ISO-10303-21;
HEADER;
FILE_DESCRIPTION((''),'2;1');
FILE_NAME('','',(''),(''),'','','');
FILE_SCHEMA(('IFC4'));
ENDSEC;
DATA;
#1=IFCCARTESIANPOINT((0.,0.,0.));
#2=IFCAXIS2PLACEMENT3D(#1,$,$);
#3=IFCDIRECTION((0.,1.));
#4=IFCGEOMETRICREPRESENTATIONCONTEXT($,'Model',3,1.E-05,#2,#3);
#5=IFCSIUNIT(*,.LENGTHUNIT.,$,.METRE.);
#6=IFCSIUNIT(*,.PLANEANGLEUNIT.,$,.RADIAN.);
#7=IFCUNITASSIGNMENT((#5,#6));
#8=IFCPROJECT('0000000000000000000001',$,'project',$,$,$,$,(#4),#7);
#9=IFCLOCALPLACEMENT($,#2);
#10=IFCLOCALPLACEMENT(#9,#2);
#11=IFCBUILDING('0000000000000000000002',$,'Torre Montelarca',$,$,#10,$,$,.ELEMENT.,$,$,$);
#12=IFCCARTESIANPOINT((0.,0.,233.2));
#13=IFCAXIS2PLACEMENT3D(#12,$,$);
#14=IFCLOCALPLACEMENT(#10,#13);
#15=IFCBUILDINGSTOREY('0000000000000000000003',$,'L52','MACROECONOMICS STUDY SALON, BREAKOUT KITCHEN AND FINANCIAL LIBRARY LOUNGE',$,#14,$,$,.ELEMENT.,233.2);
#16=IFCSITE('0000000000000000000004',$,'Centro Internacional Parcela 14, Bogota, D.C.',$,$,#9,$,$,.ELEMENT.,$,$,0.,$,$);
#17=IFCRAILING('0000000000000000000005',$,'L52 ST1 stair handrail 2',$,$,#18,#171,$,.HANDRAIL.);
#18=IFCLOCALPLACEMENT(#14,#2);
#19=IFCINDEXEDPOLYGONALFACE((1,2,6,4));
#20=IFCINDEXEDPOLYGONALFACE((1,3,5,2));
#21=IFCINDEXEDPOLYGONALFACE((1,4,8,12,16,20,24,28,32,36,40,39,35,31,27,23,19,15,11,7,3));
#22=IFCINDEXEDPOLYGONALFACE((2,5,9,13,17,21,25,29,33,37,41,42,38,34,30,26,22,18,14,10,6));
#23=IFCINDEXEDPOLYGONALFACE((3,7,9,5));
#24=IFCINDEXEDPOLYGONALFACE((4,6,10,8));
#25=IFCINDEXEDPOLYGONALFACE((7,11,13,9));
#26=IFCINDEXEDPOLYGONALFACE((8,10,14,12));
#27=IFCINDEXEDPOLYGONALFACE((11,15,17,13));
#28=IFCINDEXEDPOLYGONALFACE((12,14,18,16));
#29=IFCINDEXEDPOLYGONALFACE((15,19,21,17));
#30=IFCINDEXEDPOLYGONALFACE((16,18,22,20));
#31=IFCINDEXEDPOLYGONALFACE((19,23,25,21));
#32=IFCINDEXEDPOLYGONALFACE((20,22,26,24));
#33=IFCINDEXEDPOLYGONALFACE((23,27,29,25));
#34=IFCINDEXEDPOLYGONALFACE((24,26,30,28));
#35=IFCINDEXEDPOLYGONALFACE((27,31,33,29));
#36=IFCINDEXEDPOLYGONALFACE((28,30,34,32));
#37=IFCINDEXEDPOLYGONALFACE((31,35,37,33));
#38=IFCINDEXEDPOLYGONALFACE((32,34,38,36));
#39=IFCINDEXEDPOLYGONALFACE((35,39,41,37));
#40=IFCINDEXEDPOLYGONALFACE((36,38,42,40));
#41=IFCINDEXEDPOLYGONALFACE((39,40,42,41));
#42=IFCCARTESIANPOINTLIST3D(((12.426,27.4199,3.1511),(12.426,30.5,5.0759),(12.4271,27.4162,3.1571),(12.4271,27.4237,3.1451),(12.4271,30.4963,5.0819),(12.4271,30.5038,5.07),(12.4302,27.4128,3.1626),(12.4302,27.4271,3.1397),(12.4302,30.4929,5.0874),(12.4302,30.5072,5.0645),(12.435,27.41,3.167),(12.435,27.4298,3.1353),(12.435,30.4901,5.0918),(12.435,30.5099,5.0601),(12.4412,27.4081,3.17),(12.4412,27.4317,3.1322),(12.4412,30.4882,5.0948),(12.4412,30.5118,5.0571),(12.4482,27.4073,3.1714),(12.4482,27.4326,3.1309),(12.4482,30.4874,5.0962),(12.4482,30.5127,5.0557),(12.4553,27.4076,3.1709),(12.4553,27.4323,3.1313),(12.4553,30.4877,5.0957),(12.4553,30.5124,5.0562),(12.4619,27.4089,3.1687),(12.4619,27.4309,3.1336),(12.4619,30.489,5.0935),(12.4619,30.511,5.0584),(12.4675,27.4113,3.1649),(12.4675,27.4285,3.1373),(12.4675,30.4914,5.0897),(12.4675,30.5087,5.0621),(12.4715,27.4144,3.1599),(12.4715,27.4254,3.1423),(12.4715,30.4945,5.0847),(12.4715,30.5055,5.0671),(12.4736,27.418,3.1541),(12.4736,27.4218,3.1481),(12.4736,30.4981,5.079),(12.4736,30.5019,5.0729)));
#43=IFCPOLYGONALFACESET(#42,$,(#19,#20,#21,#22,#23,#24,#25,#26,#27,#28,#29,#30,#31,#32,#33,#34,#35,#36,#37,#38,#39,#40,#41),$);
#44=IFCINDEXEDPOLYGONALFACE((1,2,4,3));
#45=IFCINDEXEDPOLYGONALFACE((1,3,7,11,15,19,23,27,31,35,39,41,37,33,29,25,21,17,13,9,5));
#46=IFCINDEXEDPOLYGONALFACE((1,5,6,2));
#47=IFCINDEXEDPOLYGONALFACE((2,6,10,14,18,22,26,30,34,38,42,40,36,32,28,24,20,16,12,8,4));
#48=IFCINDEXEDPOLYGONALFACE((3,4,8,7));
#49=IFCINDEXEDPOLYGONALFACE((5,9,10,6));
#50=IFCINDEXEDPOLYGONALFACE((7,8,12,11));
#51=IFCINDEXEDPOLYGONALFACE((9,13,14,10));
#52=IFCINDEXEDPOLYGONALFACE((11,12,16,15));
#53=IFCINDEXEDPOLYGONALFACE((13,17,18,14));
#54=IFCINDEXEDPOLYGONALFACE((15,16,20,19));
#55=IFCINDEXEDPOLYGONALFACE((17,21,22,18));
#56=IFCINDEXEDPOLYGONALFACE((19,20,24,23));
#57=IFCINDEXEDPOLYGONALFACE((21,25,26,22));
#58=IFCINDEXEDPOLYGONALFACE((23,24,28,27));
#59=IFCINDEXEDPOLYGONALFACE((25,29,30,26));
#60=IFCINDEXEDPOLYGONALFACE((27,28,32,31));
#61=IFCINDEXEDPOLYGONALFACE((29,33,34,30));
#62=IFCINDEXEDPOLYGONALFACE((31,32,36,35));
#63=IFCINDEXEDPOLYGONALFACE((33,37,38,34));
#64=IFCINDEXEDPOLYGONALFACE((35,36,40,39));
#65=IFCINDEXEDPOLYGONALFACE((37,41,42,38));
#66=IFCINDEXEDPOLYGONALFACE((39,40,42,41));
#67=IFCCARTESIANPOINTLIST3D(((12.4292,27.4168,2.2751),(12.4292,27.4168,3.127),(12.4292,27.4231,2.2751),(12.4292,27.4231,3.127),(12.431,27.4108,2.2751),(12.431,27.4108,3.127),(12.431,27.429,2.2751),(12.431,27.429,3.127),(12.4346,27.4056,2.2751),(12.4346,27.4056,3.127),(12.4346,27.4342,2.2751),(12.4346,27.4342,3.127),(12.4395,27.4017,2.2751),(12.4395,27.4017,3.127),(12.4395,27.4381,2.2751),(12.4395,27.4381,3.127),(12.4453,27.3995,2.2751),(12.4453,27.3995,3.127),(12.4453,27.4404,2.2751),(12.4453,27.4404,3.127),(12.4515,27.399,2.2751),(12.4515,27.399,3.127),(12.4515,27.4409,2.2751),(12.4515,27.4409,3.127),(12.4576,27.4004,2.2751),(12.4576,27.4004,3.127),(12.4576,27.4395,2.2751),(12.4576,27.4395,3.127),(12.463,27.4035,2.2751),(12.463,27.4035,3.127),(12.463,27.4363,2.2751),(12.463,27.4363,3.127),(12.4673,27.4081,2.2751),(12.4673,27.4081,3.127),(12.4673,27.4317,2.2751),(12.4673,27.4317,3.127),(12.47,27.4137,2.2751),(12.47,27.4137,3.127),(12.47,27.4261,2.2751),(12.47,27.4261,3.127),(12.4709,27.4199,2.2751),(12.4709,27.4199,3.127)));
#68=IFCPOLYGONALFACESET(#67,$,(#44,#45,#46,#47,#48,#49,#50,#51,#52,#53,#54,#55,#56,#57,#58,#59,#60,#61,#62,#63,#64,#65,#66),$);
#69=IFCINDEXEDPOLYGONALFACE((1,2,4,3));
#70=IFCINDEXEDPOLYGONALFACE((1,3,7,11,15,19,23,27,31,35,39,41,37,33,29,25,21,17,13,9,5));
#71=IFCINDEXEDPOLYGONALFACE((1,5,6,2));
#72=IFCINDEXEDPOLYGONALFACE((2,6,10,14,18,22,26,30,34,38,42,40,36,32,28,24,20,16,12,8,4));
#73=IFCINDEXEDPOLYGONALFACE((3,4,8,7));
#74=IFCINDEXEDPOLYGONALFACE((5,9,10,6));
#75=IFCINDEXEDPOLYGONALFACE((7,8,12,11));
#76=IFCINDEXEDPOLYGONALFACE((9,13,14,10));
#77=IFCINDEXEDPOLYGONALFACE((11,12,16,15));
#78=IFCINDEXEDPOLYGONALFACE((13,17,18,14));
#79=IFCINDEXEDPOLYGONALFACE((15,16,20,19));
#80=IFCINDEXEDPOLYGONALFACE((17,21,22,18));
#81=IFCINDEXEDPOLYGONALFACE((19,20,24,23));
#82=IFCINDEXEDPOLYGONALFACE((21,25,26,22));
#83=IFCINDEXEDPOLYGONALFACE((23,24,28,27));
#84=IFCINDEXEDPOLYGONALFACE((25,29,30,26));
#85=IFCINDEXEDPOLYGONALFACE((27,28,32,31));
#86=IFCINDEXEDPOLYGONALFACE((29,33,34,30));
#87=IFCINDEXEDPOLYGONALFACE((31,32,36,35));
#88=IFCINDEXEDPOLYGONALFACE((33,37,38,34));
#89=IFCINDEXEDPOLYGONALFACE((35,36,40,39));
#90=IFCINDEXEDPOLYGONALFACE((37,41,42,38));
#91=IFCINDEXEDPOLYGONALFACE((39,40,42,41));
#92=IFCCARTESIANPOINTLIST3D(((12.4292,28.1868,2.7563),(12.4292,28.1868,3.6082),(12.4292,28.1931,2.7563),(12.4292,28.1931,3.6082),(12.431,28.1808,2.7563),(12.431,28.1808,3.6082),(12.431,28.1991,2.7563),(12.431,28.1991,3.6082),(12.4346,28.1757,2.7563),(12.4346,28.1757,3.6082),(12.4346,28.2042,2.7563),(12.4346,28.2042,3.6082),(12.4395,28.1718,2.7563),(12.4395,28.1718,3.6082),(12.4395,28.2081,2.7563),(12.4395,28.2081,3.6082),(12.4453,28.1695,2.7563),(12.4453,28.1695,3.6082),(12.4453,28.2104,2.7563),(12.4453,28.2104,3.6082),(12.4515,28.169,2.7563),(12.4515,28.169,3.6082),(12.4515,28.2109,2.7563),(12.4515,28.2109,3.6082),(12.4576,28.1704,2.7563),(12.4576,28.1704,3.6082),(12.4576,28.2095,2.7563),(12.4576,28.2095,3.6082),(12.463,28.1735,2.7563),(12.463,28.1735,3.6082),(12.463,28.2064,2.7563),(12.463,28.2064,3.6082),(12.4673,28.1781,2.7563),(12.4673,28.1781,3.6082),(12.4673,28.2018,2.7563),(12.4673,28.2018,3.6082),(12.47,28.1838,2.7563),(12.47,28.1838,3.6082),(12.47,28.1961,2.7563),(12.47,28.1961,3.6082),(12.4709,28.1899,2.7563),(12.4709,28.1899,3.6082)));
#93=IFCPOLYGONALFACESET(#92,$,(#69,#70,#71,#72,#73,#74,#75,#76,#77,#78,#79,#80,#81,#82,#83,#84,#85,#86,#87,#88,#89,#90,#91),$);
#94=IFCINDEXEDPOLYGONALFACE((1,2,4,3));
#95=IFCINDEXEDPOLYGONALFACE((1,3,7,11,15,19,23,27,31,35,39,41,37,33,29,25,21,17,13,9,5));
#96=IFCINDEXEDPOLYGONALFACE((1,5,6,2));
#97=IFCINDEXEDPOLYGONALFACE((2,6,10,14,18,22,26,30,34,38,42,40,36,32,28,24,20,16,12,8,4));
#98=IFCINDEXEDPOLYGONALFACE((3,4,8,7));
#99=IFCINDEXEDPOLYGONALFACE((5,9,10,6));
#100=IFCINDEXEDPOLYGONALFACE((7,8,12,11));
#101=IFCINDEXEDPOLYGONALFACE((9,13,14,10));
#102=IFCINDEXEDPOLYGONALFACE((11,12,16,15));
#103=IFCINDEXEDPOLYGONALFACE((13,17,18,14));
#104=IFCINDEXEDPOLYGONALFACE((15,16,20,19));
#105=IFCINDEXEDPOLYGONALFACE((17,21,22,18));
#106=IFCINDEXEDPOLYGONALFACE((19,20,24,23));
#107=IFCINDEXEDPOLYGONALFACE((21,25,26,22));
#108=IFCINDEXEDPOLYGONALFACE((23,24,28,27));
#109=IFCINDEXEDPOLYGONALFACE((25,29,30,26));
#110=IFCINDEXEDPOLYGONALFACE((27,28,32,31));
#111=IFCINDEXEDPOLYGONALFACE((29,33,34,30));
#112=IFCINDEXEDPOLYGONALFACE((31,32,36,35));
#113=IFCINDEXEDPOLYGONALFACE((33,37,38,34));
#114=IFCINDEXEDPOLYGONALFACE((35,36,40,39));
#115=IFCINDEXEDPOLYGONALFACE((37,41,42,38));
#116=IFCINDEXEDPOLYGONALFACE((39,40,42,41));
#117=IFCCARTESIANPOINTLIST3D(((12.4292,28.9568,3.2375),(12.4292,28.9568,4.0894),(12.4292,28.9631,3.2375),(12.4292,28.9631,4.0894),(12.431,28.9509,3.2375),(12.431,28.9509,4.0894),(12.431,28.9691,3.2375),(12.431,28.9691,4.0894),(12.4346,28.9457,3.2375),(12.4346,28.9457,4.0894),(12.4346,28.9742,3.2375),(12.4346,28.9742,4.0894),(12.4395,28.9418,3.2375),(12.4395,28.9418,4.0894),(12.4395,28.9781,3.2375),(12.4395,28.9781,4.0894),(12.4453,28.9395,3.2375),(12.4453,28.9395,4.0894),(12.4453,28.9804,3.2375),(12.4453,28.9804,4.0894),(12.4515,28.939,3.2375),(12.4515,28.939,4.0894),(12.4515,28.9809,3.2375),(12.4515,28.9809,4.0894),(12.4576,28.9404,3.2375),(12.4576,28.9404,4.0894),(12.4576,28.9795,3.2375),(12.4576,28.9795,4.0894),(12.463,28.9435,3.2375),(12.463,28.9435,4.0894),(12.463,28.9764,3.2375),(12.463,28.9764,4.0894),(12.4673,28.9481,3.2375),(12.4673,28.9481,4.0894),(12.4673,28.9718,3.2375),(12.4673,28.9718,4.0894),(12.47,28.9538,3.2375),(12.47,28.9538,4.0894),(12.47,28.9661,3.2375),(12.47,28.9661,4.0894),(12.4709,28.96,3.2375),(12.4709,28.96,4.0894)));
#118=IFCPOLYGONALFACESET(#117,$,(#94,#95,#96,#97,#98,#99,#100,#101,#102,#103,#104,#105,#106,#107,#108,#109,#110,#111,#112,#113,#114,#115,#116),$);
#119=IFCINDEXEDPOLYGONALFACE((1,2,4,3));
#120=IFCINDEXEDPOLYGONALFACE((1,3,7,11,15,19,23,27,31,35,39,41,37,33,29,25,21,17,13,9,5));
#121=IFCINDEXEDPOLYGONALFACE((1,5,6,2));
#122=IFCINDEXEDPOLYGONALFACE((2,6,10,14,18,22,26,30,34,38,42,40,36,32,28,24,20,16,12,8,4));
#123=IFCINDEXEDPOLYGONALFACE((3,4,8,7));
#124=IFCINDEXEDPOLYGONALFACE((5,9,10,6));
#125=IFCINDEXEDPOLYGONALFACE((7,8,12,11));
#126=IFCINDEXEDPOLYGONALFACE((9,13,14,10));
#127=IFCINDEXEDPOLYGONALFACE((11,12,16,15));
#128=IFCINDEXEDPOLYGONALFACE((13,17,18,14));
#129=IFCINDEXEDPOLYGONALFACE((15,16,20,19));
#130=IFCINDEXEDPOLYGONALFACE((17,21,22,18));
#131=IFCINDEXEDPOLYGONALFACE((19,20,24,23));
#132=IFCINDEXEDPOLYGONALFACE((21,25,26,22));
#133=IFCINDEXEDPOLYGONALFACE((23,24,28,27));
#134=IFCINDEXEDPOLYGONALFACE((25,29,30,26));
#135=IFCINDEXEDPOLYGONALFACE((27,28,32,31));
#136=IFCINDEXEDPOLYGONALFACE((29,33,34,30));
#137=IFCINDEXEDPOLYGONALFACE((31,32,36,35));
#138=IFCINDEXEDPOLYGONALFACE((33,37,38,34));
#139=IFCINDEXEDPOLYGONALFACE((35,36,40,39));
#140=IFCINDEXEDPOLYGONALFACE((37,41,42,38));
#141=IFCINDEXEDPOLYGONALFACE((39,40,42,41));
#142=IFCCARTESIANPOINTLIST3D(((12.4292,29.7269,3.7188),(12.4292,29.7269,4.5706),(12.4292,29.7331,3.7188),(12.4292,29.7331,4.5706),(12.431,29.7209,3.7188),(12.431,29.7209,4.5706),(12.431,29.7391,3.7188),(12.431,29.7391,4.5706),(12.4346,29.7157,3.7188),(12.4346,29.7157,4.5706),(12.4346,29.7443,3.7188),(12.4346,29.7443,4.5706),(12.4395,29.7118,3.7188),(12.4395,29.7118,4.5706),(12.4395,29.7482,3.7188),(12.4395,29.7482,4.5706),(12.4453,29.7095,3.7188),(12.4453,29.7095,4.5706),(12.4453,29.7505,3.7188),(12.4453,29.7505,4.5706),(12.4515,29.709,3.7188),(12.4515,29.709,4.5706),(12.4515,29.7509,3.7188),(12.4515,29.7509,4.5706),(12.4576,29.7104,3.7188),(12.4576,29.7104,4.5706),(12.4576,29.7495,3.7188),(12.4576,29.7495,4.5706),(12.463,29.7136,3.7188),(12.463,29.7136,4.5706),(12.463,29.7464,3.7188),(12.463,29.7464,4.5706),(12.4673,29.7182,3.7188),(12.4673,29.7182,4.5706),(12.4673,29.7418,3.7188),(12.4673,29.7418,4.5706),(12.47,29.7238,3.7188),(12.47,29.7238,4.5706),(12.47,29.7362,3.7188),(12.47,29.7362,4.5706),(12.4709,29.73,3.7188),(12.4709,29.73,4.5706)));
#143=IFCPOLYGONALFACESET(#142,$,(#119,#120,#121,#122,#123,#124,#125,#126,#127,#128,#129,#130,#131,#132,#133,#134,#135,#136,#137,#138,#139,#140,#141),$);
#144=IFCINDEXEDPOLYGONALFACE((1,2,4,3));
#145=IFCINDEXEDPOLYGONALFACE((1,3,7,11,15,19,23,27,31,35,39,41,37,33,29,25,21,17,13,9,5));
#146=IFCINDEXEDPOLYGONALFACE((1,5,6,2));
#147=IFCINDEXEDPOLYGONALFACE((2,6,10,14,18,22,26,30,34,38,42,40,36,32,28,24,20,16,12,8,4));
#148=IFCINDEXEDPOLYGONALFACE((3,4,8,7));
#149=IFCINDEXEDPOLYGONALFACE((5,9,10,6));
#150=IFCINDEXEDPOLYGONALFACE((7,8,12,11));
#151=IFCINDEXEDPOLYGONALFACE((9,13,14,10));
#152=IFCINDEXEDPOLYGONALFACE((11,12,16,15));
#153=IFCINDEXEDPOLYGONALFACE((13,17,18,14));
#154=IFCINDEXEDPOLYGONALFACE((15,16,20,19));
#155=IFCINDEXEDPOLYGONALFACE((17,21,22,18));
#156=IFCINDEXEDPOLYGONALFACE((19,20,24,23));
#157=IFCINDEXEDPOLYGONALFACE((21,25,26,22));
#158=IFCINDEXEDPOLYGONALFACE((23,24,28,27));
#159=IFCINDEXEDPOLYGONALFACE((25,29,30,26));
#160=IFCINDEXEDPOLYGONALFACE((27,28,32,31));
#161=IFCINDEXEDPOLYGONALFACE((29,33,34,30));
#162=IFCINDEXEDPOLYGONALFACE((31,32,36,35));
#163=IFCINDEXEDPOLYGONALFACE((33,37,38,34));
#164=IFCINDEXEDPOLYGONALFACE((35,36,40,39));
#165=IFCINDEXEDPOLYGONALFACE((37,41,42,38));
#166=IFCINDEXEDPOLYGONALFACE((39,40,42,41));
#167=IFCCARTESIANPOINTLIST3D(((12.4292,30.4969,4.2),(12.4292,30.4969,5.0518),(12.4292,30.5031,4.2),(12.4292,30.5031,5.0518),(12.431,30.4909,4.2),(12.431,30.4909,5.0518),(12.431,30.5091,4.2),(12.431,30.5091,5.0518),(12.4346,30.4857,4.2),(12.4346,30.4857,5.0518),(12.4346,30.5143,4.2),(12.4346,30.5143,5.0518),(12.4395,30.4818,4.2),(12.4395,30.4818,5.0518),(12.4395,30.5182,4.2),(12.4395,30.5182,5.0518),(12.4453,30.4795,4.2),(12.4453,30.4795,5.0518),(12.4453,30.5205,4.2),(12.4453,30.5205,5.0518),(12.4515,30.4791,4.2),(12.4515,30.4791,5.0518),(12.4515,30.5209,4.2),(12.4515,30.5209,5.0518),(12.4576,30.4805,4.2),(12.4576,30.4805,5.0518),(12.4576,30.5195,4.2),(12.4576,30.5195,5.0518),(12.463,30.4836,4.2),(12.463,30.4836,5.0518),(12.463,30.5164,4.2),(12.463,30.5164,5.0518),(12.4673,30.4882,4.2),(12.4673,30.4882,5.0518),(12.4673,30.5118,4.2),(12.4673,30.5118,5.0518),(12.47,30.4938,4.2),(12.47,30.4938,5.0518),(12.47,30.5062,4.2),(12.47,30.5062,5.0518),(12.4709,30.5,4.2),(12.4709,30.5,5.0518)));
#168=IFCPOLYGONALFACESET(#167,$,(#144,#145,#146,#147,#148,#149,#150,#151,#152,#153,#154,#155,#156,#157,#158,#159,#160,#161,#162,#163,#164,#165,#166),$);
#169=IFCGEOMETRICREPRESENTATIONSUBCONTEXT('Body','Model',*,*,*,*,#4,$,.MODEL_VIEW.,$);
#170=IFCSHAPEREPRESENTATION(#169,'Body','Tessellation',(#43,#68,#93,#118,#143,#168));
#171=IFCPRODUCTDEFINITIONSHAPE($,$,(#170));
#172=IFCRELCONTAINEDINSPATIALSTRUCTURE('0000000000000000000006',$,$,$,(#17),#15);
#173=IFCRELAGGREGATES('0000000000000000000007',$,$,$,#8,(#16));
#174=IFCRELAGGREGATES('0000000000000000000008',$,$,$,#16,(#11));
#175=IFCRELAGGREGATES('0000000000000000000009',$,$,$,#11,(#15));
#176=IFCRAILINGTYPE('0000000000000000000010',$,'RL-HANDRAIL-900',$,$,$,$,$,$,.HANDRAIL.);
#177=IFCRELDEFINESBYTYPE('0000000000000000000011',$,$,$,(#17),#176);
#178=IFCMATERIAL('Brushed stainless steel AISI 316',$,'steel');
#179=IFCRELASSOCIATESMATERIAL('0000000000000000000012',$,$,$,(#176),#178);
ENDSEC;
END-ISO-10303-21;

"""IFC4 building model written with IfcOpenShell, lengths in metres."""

from ifc_helpers import new_model, si_unit, direction, frame, origin, origin_2d, place, context, subcontext, project, spatial, circle, extrude, material, type_object, element, save


model = new_model("IFC4")

# Units and contexts
model_context = context("Model", 3, precision=1e-05, world=origin(), true_north=direction((0.0, 1.0)))
body_context = subcontext(model_context, "Body", "Model", "MODEL_VIEW")
ifc_project = project(units=[si_unit("LENGTHUNIT", "METRE"), si_unit("PLANEANGLEUNIT", "RADIAN")], contexts=[model_context])

# Site, building, storey
site_placement = place(None, origin())
site = spatial("IfcSite", under=ifc_project, at=site_placement, Name="Centro Internacional Parcela 14, Bogota, D.C.", CompositionType="ELEMENT", RefElevation=0.0)
building_placement = place(site_placement, origin())
building = spatial("IfcBuilding", under=site, at=building_placement, Name="Torre Montelarca", CompositionType="ELEMENT")
storey_placement = place(building_placement, frame((0.0, 0.0, 233.2)))
storey = spatial("IfcBuildingStorey", under=building, at=storey_placement, Name="L52", Description="MACROECONOMICS STUDY SALON, BREAKOUT KITCHEN AND FINANCIAL LIBRARY LOUNGE", CompositionType="ELEMENT", Elevation=233.2)

# Railing
ifc_material_1 = material(Name="Brushed stainless steel AISI 316", Category="steel")
railing_type_1 = type_object("IfcRailingType", Name="RL-HANDRAIL-900", PredefinedType="HANDRAIL", material=ifc_material_1)
railing_1_placement = place(storey_placement, frame((12.45, 27.4199, 2.2751)))
element("IfcRailing", 1, at=railing_1_placement, inside=storey, type_object=railing_type_1, Name="L52 ST1 stair handrail 2", PredefinedType="HANDRAIL", context=body_context, shape_type="SweptSolid", body=[
    extrude(circle(Radius=0.0239, at=origin_2d()), frame((0.0, 0.0, 0.876), z_axis=(0.0, 0.848029, 0.529951), x_axis=(-1.0, 0.0, 0.0)), (0.0, 0.0, 1.0), 3.6321),
    extrude(circle(Radius=0.021, at=origin_2d()), origin(), (0.0, 0.0, 1.0), 0.8518),
    extrude(circle(Radius=0.021, at=origin_2d()), frame((0.0, 0.77, 0.4812)), (0.0, 0.0, 1.0), 0.8518),
    extrude(circle(Radius=0.021, at=origin_2d()), frame((0.0, 1.54, 0.9624)), (0.0, 0.0, 1.0), 0.8518),
    extrude(circle(Radius=0.021, at=origin_2d()), frame((0.0, 2.3101, 1.4436)), (0.0, 0.0, 1.0), 0.8518),
    extrude(circle(Radius=0.021, at=origin_2d()), frame((0.0, 3.0801, 1.9248)), (0.0, 0.0, 1.0), 0.8518),
])

save(model, "model.ifc")
